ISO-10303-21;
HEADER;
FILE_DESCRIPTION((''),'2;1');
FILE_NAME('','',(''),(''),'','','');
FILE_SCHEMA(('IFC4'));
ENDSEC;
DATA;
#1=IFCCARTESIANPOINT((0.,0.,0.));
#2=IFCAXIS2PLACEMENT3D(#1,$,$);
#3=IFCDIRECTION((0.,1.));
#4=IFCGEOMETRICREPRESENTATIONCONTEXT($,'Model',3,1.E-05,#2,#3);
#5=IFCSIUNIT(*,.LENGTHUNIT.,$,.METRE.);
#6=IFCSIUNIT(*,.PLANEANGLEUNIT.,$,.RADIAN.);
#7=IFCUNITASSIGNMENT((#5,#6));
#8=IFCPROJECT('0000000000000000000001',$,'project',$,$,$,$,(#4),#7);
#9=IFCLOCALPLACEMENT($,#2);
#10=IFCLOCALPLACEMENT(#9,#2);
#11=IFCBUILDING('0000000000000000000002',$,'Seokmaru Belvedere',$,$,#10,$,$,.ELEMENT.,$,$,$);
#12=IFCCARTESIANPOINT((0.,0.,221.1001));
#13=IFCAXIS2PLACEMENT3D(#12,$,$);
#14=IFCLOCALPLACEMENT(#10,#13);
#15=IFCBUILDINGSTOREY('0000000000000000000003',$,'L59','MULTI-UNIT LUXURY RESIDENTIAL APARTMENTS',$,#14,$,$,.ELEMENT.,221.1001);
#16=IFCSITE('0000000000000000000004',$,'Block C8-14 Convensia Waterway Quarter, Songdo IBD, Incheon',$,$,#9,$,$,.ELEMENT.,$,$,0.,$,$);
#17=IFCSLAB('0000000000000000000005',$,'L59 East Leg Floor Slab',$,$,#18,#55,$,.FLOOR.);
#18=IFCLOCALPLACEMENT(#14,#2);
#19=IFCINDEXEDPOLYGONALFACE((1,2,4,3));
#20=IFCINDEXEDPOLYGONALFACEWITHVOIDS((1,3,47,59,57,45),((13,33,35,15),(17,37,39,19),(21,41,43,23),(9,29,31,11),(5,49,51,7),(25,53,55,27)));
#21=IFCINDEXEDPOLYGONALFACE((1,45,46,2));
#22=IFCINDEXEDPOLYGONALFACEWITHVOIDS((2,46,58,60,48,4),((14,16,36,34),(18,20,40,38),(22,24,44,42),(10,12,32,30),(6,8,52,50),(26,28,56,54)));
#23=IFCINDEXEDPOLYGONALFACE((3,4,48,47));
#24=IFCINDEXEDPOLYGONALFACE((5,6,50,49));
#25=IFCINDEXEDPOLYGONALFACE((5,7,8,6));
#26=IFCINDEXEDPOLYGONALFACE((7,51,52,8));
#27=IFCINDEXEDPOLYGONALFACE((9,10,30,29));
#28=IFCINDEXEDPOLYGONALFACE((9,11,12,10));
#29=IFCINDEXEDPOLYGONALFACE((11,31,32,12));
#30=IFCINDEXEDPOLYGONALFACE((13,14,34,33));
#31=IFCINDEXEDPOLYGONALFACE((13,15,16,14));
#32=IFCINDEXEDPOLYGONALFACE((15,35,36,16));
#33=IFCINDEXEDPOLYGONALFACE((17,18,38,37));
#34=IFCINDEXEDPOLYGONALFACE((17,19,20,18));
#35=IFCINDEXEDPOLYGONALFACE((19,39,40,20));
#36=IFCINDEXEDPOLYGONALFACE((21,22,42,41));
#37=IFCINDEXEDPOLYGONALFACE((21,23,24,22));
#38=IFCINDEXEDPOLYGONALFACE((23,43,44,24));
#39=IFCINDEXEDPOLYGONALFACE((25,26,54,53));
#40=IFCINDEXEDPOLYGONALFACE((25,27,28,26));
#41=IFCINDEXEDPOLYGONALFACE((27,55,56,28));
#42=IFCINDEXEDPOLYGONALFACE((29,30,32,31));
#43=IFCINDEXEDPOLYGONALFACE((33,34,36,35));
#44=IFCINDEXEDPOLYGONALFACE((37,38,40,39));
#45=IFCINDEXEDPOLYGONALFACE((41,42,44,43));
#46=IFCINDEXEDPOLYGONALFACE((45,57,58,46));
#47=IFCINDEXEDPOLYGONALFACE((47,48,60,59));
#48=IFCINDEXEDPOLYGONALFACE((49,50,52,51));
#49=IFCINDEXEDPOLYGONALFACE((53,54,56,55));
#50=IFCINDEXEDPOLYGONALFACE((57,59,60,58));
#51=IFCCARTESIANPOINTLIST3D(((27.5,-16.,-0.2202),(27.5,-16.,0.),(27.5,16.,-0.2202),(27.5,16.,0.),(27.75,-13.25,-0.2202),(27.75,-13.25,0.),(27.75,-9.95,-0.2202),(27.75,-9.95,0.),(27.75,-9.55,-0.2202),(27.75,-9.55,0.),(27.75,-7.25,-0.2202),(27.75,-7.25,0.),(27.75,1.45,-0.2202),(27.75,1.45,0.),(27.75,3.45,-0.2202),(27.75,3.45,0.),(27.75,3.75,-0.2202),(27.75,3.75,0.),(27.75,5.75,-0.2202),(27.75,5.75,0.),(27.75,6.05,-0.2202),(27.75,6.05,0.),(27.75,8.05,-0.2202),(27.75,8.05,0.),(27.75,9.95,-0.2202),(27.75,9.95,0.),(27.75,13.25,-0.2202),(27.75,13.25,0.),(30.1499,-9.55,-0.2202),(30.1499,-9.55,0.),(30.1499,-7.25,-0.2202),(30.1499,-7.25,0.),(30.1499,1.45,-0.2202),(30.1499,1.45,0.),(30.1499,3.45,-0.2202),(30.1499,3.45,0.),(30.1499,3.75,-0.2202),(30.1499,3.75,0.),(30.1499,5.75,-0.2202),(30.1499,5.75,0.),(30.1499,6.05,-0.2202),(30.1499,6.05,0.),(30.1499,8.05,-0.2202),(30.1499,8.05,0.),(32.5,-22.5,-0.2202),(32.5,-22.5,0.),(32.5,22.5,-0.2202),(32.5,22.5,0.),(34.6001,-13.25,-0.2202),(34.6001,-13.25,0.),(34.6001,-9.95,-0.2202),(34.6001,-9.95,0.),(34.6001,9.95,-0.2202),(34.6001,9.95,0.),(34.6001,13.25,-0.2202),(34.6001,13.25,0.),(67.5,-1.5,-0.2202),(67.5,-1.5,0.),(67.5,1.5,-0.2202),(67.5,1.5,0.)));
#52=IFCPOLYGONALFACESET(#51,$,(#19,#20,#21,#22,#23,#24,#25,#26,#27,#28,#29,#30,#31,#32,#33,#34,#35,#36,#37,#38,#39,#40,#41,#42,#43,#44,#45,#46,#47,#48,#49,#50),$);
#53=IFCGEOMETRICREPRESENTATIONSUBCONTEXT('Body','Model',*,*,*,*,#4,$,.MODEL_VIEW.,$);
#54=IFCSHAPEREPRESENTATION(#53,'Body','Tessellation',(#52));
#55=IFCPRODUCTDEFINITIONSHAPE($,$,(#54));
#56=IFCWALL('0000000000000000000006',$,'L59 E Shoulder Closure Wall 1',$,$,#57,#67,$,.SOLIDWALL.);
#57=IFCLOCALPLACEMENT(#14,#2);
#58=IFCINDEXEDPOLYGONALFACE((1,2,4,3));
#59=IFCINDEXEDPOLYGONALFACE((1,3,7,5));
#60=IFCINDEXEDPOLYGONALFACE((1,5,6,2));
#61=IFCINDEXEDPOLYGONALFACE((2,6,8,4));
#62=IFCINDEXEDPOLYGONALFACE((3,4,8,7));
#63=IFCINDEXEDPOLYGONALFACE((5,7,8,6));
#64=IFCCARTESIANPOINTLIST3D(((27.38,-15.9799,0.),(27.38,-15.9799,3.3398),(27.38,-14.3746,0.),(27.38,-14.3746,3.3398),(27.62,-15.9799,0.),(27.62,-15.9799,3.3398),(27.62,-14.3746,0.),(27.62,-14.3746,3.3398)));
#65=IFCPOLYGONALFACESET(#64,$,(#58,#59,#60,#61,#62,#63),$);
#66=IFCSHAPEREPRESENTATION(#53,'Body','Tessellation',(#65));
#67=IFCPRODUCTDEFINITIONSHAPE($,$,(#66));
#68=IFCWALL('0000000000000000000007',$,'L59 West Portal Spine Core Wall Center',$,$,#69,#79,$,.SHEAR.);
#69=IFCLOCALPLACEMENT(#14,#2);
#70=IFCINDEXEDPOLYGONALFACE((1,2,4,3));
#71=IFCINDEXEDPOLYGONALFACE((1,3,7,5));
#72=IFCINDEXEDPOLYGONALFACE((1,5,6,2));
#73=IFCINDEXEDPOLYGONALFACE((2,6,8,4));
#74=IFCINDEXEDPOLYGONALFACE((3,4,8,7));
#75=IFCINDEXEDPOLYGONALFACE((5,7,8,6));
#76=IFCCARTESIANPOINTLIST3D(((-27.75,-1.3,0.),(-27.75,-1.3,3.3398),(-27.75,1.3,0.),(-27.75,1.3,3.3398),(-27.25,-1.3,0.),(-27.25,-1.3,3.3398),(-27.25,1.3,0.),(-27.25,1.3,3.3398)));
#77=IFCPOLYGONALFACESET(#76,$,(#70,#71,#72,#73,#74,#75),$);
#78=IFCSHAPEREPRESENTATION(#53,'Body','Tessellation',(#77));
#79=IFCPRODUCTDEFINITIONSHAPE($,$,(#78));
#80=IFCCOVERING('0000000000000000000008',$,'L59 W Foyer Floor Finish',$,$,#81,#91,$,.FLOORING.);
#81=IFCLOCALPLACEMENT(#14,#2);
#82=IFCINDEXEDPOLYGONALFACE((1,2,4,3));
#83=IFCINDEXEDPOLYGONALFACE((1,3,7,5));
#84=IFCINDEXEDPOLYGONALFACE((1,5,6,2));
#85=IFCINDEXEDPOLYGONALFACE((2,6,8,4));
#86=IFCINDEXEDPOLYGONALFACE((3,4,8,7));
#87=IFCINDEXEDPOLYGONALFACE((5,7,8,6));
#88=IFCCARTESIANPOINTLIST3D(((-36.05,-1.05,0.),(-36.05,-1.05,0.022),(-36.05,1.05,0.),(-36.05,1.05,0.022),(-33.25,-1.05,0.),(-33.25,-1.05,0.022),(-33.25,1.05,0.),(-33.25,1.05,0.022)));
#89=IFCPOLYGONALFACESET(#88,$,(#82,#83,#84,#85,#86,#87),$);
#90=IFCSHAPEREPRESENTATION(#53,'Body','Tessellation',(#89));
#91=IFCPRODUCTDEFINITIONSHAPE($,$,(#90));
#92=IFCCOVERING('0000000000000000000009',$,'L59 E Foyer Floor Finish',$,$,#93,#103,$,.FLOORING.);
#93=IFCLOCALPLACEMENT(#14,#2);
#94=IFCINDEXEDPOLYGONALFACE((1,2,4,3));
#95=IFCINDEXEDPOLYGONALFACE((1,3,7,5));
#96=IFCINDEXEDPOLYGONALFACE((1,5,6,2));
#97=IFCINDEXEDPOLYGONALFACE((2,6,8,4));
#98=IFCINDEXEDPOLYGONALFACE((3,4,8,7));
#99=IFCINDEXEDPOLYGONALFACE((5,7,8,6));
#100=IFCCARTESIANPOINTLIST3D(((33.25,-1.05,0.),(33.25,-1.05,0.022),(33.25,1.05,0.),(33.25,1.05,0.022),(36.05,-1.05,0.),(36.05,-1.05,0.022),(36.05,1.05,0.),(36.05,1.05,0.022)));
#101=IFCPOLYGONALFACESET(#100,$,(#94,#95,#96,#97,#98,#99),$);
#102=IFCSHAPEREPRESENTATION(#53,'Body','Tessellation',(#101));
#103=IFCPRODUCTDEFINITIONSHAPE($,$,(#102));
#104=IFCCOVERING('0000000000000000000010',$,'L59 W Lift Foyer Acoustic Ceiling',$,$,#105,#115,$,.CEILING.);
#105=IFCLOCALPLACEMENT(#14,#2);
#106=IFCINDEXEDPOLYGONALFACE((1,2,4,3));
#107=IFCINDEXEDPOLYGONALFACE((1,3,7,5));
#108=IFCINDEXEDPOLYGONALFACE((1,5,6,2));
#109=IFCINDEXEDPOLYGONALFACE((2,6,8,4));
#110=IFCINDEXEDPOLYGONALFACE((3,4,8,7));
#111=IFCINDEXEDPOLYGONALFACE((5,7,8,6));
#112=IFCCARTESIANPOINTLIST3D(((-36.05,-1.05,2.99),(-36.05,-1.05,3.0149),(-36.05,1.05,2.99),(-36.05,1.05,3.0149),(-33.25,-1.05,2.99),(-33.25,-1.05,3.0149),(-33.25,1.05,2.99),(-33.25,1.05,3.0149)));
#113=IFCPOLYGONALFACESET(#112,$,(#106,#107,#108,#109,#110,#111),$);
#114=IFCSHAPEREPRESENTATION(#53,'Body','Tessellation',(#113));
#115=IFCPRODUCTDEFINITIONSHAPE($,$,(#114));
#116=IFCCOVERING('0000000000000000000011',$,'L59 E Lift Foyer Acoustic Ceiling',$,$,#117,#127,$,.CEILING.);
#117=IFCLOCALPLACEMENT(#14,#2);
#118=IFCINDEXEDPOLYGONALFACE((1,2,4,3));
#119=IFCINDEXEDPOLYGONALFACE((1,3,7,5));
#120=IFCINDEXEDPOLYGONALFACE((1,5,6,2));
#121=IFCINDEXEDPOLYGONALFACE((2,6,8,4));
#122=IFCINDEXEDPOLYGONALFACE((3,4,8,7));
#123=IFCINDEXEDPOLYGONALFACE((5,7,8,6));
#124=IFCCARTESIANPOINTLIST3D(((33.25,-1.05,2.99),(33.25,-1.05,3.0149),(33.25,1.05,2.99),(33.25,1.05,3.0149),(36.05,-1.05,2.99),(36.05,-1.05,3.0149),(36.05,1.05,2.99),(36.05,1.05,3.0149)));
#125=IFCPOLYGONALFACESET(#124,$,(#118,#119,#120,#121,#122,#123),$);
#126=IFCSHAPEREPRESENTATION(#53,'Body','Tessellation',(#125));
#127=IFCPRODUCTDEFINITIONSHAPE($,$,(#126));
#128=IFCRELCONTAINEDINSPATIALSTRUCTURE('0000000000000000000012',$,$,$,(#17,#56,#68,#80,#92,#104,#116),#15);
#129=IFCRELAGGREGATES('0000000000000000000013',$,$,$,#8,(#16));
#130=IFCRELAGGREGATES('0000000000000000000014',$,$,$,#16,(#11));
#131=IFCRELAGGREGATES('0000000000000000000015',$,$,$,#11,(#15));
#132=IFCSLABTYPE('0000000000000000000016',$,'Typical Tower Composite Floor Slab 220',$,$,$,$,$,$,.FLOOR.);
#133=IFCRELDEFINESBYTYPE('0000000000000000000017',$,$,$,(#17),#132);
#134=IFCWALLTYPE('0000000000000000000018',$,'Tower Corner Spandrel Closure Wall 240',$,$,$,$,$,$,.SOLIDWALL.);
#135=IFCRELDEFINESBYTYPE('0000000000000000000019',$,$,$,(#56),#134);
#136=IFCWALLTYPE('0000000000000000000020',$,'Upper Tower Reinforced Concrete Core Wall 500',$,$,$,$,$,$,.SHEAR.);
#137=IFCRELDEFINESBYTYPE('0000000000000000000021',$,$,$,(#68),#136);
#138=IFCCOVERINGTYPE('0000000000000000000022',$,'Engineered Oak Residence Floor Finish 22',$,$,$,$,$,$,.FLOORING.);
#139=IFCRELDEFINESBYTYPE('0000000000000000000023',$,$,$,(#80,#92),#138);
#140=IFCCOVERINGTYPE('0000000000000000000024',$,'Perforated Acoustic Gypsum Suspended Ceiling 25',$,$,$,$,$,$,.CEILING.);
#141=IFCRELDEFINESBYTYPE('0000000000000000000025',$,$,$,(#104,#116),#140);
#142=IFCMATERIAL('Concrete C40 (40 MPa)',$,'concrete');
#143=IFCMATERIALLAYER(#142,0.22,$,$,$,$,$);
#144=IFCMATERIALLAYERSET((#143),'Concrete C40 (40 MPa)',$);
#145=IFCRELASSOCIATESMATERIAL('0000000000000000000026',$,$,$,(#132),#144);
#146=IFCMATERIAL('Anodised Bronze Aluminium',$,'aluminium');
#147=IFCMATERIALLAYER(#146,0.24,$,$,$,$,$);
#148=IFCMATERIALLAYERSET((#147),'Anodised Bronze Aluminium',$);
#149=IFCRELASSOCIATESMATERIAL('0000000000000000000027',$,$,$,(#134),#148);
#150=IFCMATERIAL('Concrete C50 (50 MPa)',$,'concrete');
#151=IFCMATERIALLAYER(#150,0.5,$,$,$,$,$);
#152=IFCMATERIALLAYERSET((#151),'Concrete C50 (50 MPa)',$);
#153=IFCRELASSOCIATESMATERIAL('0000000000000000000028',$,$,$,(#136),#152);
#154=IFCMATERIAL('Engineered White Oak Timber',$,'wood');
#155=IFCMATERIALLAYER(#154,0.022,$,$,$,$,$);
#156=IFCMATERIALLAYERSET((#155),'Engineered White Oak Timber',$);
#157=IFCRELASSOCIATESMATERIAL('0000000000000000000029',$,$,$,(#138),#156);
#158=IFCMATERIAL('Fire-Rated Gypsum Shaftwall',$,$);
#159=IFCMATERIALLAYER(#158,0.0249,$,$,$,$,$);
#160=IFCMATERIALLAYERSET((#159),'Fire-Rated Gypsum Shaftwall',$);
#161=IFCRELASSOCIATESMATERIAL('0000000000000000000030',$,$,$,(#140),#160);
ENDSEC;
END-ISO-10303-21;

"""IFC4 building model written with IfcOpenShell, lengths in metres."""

from ifc_helpers import new_model, si_unit, direction, frame, frame_2d, origin, place, context, subcontext, project, spatial, polyline, rectangle, outline, extrude, material, layer, layer_set, type_object, element, save


model = new_model("IFC4")

# Units and contexts
model_context = context("Model", 3, precision=1e-05, world=origin(), true_north=direction((0.0, 1.0)))
body_context = subcontext(model_context, "Body", "Model", "MODEL_VIEW")
ifc_project = project(units=[si_unit("LENGTHUNIT", "METRE"), si_unit("PLANEANGLEUNIT", "RADIAN")], contexts=[model_context])

# Site, building, storey
site_placement = place(None, origin())
site = spatial("IfcSite", under=ifc_project, at=site_placement, Name="Block C8-14 Convensia Waterway Quarter, Songdo IBD, Incheon", CompositionType="ELEMENT", RefElevation=0.0)
building_placement = place(site_placement, origin())
building = spatial("IfcBuilding", under=site, at=building_placement, Name="Seokmaru Belvedere", CompositionType="ELEMENT")
storey_placement = place(building_placement, frame((0.0, 0.0, 221.1001)))
storey = spatial("IfcBuildingStorey", under=building, at=storey_placement, Name="L59", Description="MULTI-UNIT LUXURY RESIDENTIAL APARTMENTS", CompositionType="ELEMENT", Elevation=221.1001)

# Shared definitions
ifc_material_1 = material(Name="Concrete C40 (40 MPa)", Category="concrete")

# Slab
ifc_layer_1 = layer(ifc_material_1, 0.22)
ifc_layer_set_1 = layer_set([ifc_layer_1], Name="Concrete C40 (40 MPa)")
slab_type_1 = type_object("IfcSlabType", Name="Typical Tower Composite Floor Slab 220", PredefinedType="FLOOR", material=ifc_layer_set_1)
slab_1_placement = place(storey_placement, frame((0.0, 0.0, -0.2202)))
element("IfcSlab", 1, at=slab_1_placement, inside=storey, type_object=slab_type_1, Name="L59 East Leg Floor Slab", PredefinedType="FLOOR", context=body_context, shape_type="SweptSolid", body=[
    extrude(outline(polyline([(32.5, -22.5), (67.5, -1.5), (67.5, 1.5), (32.5, 22.5), (27.5, 16.0), (27.5, -16.0), (32.5, -22.5)]), holes=[polyline([(27.75, -13.25), (34.6001, -13.25), (34.6001, -9.95), (27.75, -9.95), (27.75, -13.25)]), polyline([(27.75, 9.95), (34.6001, 9.95), (34.6001, 13.25), (27.75, 13.25), (27.75, 9.95)]), polyline([(27.75, -9.55), (30.1499, -9.55), (30.1499, -7.25), (27.75, -7.25), (27.75, -9.55)]), polyline([(27.75, 1.45), (30.1499, 1.45), (30.1499, 3.45), (27.75, 3.45), (27.75, 1.45)]), polyline([(27.75, 3.75), (30.1499, 3.75), (30.1499, 5.75), (27.75, 5.75), (27.75, 3.75)]), polyline([(27.75, 6.05), (30.1499, 6.05), (30.1499, 8.05), (27.75, 8.05), (27.75, 6.05)])]), origin(), (0.0, 0.0, 1.0), 0.2202),
])

# Walls
ifc_material_2 = material(Name="Anodised Bronze Aluminium", Category="aluminium")
ifc_layer_2 = layer(ifc_material_2, 0.24)
ifc_layer_set_2 = layer_set([ifc_layer_2], Name="Anodised Bronze Aluminium")
wall_type_1 = type_object("IfcWallType", Name="Tower Corner Spandrel Closure Wall 240", PredefinedType="SOLIDWALL", material=ifc_layer_set_2)
wall_1_placement = place(storey_placement, frame((27.5, -15.98, 0.0), z_axis=(0.0, 0.0, 1.0), x_axis=(0.0, 1.0, 0.0)))
element("IfcWall", 2, at=wall_1_placement, inside=storey, type_object=wall_type_1, Name="L59 E Shoulder Closure Wall 1", PredefinedType="SOLIDWALL", context=body_context, shape_type="SweptSolid", body=[
    extrude(rectangle(XDim=1.6052, YDim=0.24, at=frame_2d((0.8027, 0.0))), origin(), (0.0, 0.0, 1.0), 3.3398),
])
ifc_material_3 = material(Name="Concrete C50 (50 MPa)", Category="concrete")
ifc_layer_3 = layer(ifc_material_3, 0.5)
ifc_layer_set_3 = layer_set([ifc_layer_3], Name="Concrete C50 (50 MPa)")
wall_type_2 = type_object("IfcWallType", Name="Upper Tower Reinforced Concrete Core Wall 500", PredefinedType="SHEAR", material=ifc_layer_set_3)
wall_2_placement = place(storey_placement, frame((-27.5, -1.3, 0.0), z_axis=(0.0, 0.0, 1.0), x_axis=(0.0, 1.0, 0.0)))
element("IfcWall", 3, at=wall_2_placement, inside=storey, type_object=wall_type_2, Name="L59 West Portal Spine Core Wall Center", PredefinedType="SHEAR", context=body_context, shape_type="SweptSolid", body=[
    extrude(rectangle(XDim=2.6001, YDim=0.5, at=frame_2d((1.3, 0.0))), origin(), (0.0, 0.0, 1.0), 3.3398),
])

# Coverings
ifc_material_4 = material(Name="Engineered White Oak Timber", Category="wood")
ifc_layer_4 = layer(ifc_material_4, 0.022)
ifc_layer_set_4 = layer_set([ifc_layer_4], Name="Engineered White Oak Timber")
covering_type_1 = type_object("IfcCoveringType", Name="Engineered Oak Residence Floor Finish 22", PredefinedType="FLOORING", material=ifc_layer_set_4)
covering_1_placement = place(storey_placement, origin())
element("IfcCovering", 4, at=covering_1_placement, inside=storey, type_object=covering_type_1, Name="L59 W Foyer Floor Finish", PredefinedType="FLOORING", context=body_context, shape_type="SweptSolid", body=[
    extrude(outline(polyline([(-36.05, -1.05), (-33.25, -1.05), (-33.25, 1.05), (-36.05, 1.05), (-36.05, -1.05)])), origin(), (0.0, 0.0, 1.0), 0.022),
])
covering_2_placement = place(storey_placement, origin())
element("IfcCovering", 5, at=covering_2_placement, inside=storey, type_object=covering_type_1, Name="L59 E Foyer Floor Finish", PredefinedType="FLOORING", context=body_context, shape_type="SweptSolid", body=[
    extrude(outline(polyline([(33.25, -1.05), (36.05, -1.05), (36.05, 1.05), (33.25, 1.05), (33.25, -1.05)])), origin(), (0.0, 0.0, 1.0), 0.022),
])
ifc_material_5 = material(Name="Fire-Rated Gypsum Shaftwall")
ifc_layer_5 = layer(ifc_material_5, 0.0249)
ifc_layer_set_5 = layer_set([ifc_layer_5], Name="Fire-Rated Gypsum Shaftwall")
covering_type_2 = type_object("IfcCoveringType", Name="Perforated Acoustic Gypsum Suspended Ceiling 25", PredefinedType="CEILING", material=ifc_layer_set_5)
covering_3_placement = place(storey_placement, frame((0.0, 0.0, 2.99)))
element("IfcCovering", 6, at=covering_3_placement, inside=storey, type_object=covering_type_2, Name="L59 W Lift Foyer Acoustic Ceiling", PredefinedType="CEILING", context=body_context, shape_type="SweptSolid", body=[
    extrude(outline(polyline([(-36.05, -1.05), (-33.25, -1.05), (-33.25, 1.05), (-36.05, 1.05), (-36.05, -1.05)])), origin(), (0.0, 0.0, 1.0), 0.0249),
])
covering_4_placement = place(storey_placement, frame((0.0, 0.0, 2.99)))
element("IfcCovering", 7, at=covering_4_placement, inside=storey, type_object=covering_type_2, Name="L59 E Lift Foyer Acoustic Ceiling", PredefinedType="CEILING", context=body_context, shape_type="SweptSolid", body=[
    extrude(outline(polyline([(33.25, -1.05), (36.05, -1.05), (36.05, 1.05), (33.25, 1.05), (33.25, -1.05)])), origin(), (0.0, 0.0, 1.0), 0.0249),
])

save(model, "model.ifc")
